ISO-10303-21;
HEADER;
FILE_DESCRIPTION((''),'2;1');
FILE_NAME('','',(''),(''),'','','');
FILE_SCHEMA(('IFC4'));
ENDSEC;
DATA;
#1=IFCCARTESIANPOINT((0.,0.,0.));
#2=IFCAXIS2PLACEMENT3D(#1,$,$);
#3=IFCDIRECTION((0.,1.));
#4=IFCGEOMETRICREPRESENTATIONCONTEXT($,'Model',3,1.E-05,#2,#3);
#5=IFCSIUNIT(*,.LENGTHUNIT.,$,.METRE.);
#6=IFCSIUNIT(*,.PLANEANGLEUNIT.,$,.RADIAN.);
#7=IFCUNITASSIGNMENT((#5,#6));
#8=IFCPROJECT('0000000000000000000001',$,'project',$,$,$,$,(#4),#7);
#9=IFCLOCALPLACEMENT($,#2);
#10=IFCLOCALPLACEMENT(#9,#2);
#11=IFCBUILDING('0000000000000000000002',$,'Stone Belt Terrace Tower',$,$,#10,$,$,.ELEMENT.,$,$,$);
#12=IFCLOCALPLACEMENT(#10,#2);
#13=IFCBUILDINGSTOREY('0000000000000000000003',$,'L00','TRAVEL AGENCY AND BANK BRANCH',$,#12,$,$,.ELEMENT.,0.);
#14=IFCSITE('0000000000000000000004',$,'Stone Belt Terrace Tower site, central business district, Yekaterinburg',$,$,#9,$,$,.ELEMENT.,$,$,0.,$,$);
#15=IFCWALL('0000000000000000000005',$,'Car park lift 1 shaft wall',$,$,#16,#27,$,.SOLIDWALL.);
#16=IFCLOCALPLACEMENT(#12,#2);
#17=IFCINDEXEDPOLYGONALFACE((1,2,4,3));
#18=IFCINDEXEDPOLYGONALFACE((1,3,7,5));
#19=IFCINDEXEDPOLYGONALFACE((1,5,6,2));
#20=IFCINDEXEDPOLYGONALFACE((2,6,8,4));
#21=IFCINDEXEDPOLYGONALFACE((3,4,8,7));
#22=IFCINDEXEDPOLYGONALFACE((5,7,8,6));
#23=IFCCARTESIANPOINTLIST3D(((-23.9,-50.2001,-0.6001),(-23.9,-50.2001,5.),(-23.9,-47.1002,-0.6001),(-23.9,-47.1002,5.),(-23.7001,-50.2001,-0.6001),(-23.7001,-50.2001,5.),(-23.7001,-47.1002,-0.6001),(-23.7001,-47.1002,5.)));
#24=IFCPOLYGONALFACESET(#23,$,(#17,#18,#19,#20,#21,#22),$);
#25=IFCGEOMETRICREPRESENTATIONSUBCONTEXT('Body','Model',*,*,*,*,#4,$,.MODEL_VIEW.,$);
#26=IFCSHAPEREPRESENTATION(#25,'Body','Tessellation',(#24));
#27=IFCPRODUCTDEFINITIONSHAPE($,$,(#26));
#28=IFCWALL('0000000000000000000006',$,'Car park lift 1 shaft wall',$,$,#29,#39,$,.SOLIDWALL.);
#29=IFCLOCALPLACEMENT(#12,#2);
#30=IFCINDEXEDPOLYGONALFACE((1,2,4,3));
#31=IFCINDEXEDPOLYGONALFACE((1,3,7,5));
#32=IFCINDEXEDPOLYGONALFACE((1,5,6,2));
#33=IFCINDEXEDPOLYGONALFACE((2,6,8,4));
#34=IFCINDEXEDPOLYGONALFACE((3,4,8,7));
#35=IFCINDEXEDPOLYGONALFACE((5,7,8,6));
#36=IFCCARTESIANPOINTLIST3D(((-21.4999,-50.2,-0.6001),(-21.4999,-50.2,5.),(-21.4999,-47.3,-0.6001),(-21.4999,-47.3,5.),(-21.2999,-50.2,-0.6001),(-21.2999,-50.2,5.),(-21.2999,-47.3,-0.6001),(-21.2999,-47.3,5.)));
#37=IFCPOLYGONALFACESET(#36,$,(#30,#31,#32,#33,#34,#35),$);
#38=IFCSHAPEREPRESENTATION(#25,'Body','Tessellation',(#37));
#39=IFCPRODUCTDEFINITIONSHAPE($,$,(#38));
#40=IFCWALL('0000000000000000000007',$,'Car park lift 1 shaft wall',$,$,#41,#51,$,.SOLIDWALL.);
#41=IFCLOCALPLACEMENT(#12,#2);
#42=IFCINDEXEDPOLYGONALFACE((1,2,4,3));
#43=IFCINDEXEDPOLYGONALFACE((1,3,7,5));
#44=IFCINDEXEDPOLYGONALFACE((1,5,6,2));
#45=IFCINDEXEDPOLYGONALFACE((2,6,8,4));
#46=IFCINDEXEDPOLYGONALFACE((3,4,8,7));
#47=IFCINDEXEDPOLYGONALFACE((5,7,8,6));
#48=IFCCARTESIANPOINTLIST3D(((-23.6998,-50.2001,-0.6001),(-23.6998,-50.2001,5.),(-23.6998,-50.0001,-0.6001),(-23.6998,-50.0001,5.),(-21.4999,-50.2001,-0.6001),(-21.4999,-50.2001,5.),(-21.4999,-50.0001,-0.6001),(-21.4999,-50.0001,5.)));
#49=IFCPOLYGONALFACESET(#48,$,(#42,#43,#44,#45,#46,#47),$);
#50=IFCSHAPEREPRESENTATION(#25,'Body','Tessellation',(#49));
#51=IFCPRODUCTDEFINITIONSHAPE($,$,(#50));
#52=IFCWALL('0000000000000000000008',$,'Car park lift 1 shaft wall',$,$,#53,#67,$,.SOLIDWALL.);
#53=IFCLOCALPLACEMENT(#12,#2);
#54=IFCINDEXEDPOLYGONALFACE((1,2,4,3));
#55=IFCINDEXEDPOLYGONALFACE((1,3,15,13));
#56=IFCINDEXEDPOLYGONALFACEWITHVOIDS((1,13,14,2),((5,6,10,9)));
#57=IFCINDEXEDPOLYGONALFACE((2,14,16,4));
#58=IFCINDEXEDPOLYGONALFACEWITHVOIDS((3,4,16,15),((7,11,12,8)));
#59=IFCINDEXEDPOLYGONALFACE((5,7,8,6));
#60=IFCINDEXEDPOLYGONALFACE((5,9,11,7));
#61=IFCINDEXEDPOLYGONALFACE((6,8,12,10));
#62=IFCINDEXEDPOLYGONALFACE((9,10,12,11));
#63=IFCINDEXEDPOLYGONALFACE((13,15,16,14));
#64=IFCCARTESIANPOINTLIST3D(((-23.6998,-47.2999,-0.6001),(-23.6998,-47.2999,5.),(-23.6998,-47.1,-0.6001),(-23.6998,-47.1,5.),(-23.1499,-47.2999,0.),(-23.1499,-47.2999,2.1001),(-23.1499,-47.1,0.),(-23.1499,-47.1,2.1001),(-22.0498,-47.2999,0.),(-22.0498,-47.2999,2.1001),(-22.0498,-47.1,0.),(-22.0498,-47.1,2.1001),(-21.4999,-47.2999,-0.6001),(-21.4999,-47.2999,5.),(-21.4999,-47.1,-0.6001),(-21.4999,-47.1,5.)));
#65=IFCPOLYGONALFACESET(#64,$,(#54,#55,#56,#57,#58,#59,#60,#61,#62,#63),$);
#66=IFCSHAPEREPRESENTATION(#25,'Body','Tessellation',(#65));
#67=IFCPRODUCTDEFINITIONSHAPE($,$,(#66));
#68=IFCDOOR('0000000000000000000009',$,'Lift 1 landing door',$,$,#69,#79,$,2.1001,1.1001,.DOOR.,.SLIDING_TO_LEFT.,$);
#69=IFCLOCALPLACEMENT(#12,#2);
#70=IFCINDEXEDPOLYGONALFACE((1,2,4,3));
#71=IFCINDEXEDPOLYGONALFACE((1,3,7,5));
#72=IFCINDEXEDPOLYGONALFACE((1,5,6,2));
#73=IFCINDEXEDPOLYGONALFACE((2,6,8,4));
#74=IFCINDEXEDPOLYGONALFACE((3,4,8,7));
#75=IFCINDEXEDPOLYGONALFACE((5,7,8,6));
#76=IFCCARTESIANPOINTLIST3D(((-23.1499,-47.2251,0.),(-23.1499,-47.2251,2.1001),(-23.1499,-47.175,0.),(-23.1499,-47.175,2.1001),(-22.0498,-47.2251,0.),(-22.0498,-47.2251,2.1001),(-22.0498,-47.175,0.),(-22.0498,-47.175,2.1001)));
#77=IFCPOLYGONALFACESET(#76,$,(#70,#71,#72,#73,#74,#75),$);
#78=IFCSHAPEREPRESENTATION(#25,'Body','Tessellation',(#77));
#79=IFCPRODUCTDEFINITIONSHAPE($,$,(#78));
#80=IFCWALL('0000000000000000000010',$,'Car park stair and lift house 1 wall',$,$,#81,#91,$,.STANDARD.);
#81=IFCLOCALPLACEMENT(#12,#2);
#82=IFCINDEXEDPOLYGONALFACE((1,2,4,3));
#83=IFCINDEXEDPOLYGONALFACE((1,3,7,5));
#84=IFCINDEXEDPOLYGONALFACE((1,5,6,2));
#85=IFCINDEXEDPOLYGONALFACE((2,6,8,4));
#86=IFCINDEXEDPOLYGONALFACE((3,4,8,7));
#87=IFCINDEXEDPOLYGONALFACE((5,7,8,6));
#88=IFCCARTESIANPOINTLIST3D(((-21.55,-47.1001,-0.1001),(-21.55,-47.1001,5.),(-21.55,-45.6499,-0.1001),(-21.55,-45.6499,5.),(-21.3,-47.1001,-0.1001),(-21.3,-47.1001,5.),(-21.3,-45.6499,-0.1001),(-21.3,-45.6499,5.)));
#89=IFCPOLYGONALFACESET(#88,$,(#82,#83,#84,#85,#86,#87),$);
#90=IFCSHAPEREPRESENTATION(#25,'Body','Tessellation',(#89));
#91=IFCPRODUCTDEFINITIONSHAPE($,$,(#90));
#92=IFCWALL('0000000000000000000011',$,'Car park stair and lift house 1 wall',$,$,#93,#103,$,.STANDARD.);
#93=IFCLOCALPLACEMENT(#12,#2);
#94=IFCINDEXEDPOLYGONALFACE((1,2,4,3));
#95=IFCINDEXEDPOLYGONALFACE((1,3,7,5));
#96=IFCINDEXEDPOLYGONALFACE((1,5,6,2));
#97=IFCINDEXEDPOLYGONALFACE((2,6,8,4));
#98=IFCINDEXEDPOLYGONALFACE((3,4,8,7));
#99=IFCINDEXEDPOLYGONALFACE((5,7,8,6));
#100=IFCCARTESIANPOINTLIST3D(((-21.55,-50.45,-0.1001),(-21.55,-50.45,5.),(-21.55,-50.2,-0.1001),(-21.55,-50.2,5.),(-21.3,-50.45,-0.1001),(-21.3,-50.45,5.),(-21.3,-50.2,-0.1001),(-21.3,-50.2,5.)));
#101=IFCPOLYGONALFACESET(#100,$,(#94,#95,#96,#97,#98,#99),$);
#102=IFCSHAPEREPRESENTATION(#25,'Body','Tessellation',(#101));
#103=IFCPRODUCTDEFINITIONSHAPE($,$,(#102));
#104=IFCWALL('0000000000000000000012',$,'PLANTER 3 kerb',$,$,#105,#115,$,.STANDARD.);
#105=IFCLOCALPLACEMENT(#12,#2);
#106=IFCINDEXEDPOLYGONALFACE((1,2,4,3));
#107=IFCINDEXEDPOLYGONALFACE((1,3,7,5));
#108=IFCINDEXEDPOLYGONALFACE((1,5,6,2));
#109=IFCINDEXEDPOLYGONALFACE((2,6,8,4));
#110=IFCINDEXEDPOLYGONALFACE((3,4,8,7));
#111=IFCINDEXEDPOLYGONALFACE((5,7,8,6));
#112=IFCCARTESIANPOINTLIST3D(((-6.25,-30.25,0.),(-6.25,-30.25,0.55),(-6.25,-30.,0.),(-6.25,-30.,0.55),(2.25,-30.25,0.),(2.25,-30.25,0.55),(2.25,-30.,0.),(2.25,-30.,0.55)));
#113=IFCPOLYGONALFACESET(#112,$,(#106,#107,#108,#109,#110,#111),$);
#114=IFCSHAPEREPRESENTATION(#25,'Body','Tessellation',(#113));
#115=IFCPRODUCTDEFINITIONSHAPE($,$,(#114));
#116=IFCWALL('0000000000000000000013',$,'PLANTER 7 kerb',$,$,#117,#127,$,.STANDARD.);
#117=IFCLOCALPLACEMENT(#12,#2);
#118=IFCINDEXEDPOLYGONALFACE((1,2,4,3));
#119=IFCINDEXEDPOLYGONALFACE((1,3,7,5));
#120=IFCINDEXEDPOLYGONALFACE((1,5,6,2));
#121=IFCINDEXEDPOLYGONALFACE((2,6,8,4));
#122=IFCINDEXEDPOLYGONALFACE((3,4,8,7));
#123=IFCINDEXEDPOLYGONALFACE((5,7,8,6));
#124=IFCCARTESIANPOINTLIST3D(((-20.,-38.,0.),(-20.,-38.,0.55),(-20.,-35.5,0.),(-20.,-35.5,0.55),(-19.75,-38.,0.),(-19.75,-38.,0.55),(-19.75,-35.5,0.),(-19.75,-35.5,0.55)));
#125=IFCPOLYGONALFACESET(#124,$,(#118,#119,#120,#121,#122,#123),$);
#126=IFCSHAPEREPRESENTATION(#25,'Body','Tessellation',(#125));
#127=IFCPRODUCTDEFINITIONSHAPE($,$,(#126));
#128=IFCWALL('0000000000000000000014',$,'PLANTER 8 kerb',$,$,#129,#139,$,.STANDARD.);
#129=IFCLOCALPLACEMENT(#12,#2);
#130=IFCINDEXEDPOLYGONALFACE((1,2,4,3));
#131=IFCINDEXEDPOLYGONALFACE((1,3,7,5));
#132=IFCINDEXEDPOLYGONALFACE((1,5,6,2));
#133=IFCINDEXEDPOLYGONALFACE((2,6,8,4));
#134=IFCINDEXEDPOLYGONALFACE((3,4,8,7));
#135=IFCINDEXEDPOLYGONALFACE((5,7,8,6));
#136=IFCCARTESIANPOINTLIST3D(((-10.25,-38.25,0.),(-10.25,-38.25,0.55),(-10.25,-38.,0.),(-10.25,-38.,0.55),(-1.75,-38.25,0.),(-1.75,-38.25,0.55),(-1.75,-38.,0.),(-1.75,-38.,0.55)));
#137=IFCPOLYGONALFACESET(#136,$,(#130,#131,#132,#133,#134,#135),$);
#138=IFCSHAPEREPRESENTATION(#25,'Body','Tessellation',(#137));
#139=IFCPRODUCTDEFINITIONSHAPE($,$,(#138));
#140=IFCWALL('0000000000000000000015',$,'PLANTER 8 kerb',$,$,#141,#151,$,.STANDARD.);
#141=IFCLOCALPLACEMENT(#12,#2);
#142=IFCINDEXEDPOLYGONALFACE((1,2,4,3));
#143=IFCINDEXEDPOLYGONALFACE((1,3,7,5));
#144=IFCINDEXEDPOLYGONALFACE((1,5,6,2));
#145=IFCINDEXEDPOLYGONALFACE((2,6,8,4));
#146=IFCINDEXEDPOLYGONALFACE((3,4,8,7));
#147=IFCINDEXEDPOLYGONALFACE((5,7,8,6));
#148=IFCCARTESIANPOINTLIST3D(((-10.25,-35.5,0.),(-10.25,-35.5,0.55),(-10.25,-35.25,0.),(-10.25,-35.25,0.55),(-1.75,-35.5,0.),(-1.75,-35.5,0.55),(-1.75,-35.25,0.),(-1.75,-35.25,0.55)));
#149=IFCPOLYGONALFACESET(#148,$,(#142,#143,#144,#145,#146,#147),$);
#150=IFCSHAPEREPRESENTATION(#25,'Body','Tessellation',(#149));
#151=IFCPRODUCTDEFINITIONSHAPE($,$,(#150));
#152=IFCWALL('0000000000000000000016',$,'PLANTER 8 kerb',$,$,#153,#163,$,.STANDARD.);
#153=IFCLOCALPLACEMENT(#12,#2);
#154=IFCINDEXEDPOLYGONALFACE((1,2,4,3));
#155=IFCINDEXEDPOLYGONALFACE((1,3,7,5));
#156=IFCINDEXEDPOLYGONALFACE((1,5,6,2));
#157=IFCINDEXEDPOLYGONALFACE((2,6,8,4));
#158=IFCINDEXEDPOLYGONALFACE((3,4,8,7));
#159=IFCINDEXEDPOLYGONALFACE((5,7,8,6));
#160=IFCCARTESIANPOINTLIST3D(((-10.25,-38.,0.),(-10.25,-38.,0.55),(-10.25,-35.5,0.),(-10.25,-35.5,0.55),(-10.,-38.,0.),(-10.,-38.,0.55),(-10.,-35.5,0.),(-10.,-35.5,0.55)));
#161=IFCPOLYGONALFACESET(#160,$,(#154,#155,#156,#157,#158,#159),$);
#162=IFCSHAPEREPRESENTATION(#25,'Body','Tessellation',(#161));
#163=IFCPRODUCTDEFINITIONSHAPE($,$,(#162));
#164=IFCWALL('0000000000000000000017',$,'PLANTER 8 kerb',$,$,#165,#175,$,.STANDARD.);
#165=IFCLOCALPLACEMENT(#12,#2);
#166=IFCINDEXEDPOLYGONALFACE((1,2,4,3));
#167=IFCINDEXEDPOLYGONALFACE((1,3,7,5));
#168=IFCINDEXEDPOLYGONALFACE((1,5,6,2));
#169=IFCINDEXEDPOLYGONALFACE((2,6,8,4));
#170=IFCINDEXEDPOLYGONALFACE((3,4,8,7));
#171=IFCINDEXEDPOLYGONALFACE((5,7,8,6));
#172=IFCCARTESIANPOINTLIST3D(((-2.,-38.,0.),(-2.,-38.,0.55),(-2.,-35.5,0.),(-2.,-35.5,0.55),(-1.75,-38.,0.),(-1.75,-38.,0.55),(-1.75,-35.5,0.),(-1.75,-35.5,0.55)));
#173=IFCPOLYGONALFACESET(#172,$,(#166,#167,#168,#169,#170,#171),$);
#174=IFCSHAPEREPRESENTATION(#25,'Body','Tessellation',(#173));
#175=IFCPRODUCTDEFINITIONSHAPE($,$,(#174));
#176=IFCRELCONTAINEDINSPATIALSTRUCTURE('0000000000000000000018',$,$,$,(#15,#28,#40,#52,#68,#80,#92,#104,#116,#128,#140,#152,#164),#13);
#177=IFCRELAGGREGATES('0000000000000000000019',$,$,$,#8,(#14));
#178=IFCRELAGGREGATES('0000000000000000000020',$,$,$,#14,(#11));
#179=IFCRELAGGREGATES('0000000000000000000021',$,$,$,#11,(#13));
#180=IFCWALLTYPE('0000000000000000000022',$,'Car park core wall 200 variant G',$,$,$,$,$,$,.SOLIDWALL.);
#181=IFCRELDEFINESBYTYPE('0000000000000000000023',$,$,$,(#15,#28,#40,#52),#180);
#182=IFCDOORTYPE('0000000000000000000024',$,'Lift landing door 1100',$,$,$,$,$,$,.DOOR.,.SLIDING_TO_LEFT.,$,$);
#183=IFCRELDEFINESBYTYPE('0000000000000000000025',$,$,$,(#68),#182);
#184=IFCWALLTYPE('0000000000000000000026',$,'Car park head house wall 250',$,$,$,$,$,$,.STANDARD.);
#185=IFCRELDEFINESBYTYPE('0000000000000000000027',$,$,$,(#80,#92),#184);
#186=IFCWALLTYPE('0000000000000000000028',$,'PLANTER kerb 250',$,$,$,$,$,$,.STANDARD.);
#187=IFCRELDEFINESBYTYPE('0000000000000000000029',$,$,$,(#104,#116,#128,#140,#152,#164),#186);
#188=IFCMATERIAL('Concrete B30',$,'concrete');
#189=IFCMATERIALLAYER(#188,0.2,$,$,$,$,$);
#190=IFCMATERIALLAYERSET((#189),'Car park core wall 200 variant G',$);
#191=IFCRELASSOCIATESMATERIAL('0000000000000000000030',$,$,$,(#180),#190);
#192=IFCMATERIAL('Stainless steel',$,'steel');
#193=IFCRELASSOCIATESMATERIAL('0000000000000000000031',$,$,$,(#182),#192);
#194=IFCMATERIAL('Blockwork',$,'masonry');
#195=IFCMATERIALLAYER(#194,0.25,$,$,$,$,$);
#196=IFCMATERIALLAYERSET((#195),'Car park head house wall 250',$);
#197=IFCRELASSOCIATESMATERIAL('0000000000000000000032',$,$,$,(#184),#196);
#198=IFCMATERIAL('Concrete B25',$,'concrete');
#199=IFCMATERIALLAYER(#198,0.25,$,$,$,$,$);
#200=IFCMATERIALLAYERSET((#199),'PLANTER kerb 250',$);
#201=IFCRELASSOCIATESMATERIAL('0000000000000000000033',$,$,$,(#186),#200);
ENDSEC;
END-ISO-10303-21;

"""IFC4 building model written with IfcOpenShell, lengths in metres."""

from ifc_helpers import new_model, si_unit, direction, frame, frame_2d, origin, place, context, subcontext, project, spatial, rectangle, extrude, material, layer, layer_set, type_object, element, fill, save


model = new_model("IFC4")

# Units and contexts
model_context = context("Model", 3, precision=1e-05, world=origin(), true_north=direction((0.0, 1.0)))
body_context = subcontext(model_context, "Body", "Model", "MODEL_VIEW")
ifc_project = project(units=[si_unit("LENGTHUNIT", "METRE"), si_unit("PLANEANGLEUNIT", "RADIAN")], contexts=[model_context])

# Site, building, storey
site_placement = place(None, origin())
site = spatial("IfcSite", under=ifc_project, at=site_placement, Name="Stone Belt Terrace Tower site, central business district, Yekaterinburg", CompositionType="ELEMENT", RefElevation=0.0)
building_placement = place(site_placement, origin())
building = spatial("IfcBuilding", under=site, at=building_placement, Name="Stone Belt Terrace Tower", CompositionType="ELEMENT")
storey_placement = place(building_placement, origin())
storey = spatial("IfcBuildingStorey", under=building, at=storey_placement, Name="L00", Description="TRAVEL AGENCY AND BANK BRANCH", CompositionType="ELEMENT", Elevation=0.0)

# Walls
ifc_material_1 = material(Name="Concrete B30", Category="concrete")
ifc_layer_1 = layer(ifc_material_1, 0.2)
ifc_layer_set_1 = layer_set([ifc_layer_1], Name="Car park core wall 200 variant G")
wall_type_1 = type_object("IfcWallType", Name="Car park core wall 200 variant G", PredefinedType="SOLIDWALL", material=ifc_layer_set_1)
wall_1_placement = place(storey_placement, frame((-23.8, -50.2, -0.6001), z_axis=(0.0, 0.0, 1.0), x_axis=(0.0, 1.0, 0.0)))
element("IfcWall", 1, at=wall_1_placement, inside=storey, type_object=wall_type_1, Name="Car park lift 1 shaft wall", PredefinedType="SOLIDWALL", context=body_context, shape_type="SweptSolid", body=[
    extrude(rectangle(XDim=3.0999, YDim=0.2, at=frame_2d((1.5498, 0.0))), origin(), (0.0, 0.0, 1.0), 5.6001),
])
wall_2_placement = place(storey_placement, frame((-21.3999, -50.2, -0.6001), z_axis=(0.0, 0.0, 1.0), x_axis=(0.0, 1.0, 0.0)))
element("IfcWall", 2, at=wall_2_placement, inside=storey, type_object=wall_type_1, Name="Car park lift 1 shaft wall", PredefinedType="SOLIDWALL", context=body_context, shape_type="SweptSolid", body=[
    extrude(rectangle(XDim=2.8999, YDim=0.2, at=frame_2d((1.45, 0.0))), origin(), (0.0, 0.0, 1.0), 5.6001),
])
wall_3_placement = place(storey_placement, frame((-23.7, -50.1001, -0.6001), z_axis=(0.0, 0.0, 1.0), x_axis=(1.0, 0.0, 0.0)))
element("IfcWall", 3, at=wall_3_placement, inside=storey, type_object=wall_type_1, Name="Car park lift 1 shaft wall", PredefinedType="SOLIDWALL", context=body_context, shape_type="SweptSolid", body=[
    extrude(rectangle(XDim=2.2, YDim=0.2, at=frame_2d((1.1001, 0.0))), origin(), (0.0, 0.0, 1.0), 5.6001),
])

# Wall, opening, door
wall_4_placement = place(storey_placement, frame((-23.7, -47.2, -0.6001), z_axis=(0.0, 0.0, 1.0), x_axis=(1.0, 0.0, 0.0)))
wall_4 = element("IfcWall", 4, at=wall_4_placement, inside=storey, type_object=wall_type_1, Name="Car park lift 1 shaft wall", PredefinedType="SOLIDWALL", context=body_context, shape_type="SweptSolid", body=[
    extrude(rectangle(XDim=2.2, YDim=0.2, at=frame_2d((1.1001, 0.0))), origin(), (0.0, 0.0, 1.0), 5.6001),
])
opening_1_placement = place(wall_4_placement, frame((0.55, 0.0, 0.6001)))
opening_1 = element("IfcOpeningElement", 5, at=opening_1_placement, cuts=wall_4, PredefinedType="OPENING", context=body_context, shape_type="SweptSolid", body=[
    extrude(rectangle(XDim=1.1001, YDim=2.1001, at=frame_2d((0.55, 1.05))), frame((0.0, 0.1099, 0.0), z_axis=(0.0, -1.0, 0.0), x_axis=(1.0, 0.0, 0.0)), (0.0, 0.0, 1.0), 0.22),
])
ifc_material_2 = material(Name="Stainless steel", Category="steel")
door_type_1 = type_object("IfcDoorType", Name="Lift landing door 1100", OperationType="SLIDING_TO_LEFT", PredefinedType="DOOR", material=ifc_material_2)
door_1_placement = place(opening_1_placement, origin())
door_1 = element("IfcDoor", 6, at=door_1_placement, inside=storey, type_object=door_type_1, Name="Lift 1 landing door", OperationType="SLIDING_TO_LEFT", OverallHeight=2.1001, OverallWidth=1.1001, PredefinedType="DOOR", context=body_context, shape_type="SweptSolid", body=[
    extrude(rectangle(XDim=1.1001, YDim=2.1001, at=frame_2d((0.55, 1.05))), frame((0.0, 0.0249, 0.0), z_axis=(0.0, -1.0, 0.0), x_axis=(1.0, 0.0, 0.0)), (0.0, 0.0, 1.0), 0.05),
])
fill(opening_1, door_1)

# Walls
ifc_material_3 = material(Name="Blockwork", Category="masonry")
ifc_layer_2 = layer(ifc_material_3, 0.25)
ifc_layer_set_2 = layer_set([ifc_layer_2], Name="Car park head house wall 250")
wall_type_2 = type_object("IfcWallType", Name="Car park head house wall 250", PredefinedType="STANDARD", material=ifc_layer_set_2)
wall_5_placement = place(storey_placement, frame((-21.425, -47.1001, -0.1001), z_axis=(0.0, 0.0, 1.0), x_axis=(0.0, 1.0, 0.0)))
element("IfcWall", 7, at=wall_5_placement, inside=storey, type_object=wall_type_2, Name="Car park stair and lift house 1 wall", PredefinedType="STANDARD", context=body_context, shape_type="SweptSolid", body=[
    extrude(rectangle(XDim=1.4502, YDim=0.25, at=frame_2d((0.7251, 0.0))), origin(), (0.0, 0.0, 1.0), 5.1001),
])
wall_6_placement = place(storey_placement, frame((-21.55, -50.325, -0.1001), z_axis=(0.0, 0.0, 1.0), x_axis=(1.0, 0.0, 0.0)))
element("IfcWall", 8, at=wall_6_placement, inside=storey, type_object=wall_type_2, Name="Car park stair and lift house 1 wall", PredefinedType="STANDARD", context=body_context, shape_type="SweptSolid", body=[
    extrude(rectangle(XDim=0.25, YDim=0.25, at=frame_2d((0.125, 0.0))), origin(), (0.0, 0.0, 1.0), 5.1001),
])
ifc_material_4 = material(Name="Concrete B25", Category="concrete")
ifc_layer_3 = layer(ifc_material_4, 0.25)
ifc_layer_set_3 = layer_set([ifc_layer_3], Name="PLANTER kerb 250")
wall_type_3 = type_object("IfcWallType", Name="PLANTER kerb 250", PredefinedType="STANDARD", material=ifc_layer_set_3)
wall_7_placement = place(storey_placement, frame((-6.25, -30.125, 0.0), z_axis=(0.0, 0.0, 1.0), x_axis=(1.0, 0.0, 0.0)))
element("IfcWall", 9, at=wall_7_placement, inside=storey, type_object=wall_type_3, Name="PLANTER 3 kerb", PredefinedType="STANDARD", context=body_context, shape_type="SweptSolid", body=[
    extrude(rectangle(XDim=8.5, YDim=0.25, at=frame_2d((4.25, 0.0))), origin(), (0.0, 0.0, 1.0), 0.55),
])
wall_8_placement = place(storey_placement, frame((-19.875, -38.0, 0.0), z_axis=(0.0, 0.0, 1.0), x_axis=(0.0, 1.0, 0.0)))
element("IfcWall", 10, at=wall_8_placement, inside=storey, type_object=wall_type_3, Name="PLANTER 7 kerb", PredefinedType="STANDARD", context=body_context, shape_type="SweptSolid", body=[
    extrude(rectangle(XDim=2.5, YDim=0.25, at=frame_2d((1.25, 0.0))), origin(), (0.0, 0.0, 1.0), 0.55),
])
for number, where, z_axis, x_axis, name in (
    (11, (-10.25, -38.125, 0.0), (0.0, 0.0, 1.0), (1.0, 0.0, 0.0), "PLANTER 8 kerb"),
    (12, (-10.25, -35.375, 0.0), (0.0, 0.0, 1.0), (1.0, 0.0, 0.0), "PLANTER 8 kerb"),
):
    element("IfcWall", number, at=place(storey_placement, frame(where, z_axis=z_axis, x_axis=x_axis)), inside=storey, type_object=wall_type_3, Name=name, PredefinedType="STANDARD", context=body_context, shape_type="SweptSolid", body=[
        extrude(rectangle(XDim=8.5, YDim=0.25, at=frame_2d((4.25, 0.0))), origin(), (0.0, 0.0, 1.0), 0.55),
    ])
for number, where, z_axis, x_axis, name in (
    (13, (-10.125, -38.0, 0.0), (0.0, 0.0, 1.0), (0.0, 1.0, 0.0), "PLANTER 8 kerb"),
    (14, (-1.875, -38.0, 0.0), (0.0, 0.0, 1.0), (0.0, 1.0, 0.0), "PLANTER 8 kerb"),
):
    element("IfcWall", number, at=place(storey_placement, frame(where, z_axis=z_axis, x_axis=x_axis)), inside=storey, type_object=wall_type_3, Name=name, PredefinedType="STANDARD", context=body_context, shape_type="SweptSolid", body=[
        extrude(rectangle(XDim=2.5, YDim=0.25, at=frame_2d((1.25, 0.0))), origin(), (0.0, 0.0, 1.0), 0.55),
    ])

save(model, "model.ifc")
